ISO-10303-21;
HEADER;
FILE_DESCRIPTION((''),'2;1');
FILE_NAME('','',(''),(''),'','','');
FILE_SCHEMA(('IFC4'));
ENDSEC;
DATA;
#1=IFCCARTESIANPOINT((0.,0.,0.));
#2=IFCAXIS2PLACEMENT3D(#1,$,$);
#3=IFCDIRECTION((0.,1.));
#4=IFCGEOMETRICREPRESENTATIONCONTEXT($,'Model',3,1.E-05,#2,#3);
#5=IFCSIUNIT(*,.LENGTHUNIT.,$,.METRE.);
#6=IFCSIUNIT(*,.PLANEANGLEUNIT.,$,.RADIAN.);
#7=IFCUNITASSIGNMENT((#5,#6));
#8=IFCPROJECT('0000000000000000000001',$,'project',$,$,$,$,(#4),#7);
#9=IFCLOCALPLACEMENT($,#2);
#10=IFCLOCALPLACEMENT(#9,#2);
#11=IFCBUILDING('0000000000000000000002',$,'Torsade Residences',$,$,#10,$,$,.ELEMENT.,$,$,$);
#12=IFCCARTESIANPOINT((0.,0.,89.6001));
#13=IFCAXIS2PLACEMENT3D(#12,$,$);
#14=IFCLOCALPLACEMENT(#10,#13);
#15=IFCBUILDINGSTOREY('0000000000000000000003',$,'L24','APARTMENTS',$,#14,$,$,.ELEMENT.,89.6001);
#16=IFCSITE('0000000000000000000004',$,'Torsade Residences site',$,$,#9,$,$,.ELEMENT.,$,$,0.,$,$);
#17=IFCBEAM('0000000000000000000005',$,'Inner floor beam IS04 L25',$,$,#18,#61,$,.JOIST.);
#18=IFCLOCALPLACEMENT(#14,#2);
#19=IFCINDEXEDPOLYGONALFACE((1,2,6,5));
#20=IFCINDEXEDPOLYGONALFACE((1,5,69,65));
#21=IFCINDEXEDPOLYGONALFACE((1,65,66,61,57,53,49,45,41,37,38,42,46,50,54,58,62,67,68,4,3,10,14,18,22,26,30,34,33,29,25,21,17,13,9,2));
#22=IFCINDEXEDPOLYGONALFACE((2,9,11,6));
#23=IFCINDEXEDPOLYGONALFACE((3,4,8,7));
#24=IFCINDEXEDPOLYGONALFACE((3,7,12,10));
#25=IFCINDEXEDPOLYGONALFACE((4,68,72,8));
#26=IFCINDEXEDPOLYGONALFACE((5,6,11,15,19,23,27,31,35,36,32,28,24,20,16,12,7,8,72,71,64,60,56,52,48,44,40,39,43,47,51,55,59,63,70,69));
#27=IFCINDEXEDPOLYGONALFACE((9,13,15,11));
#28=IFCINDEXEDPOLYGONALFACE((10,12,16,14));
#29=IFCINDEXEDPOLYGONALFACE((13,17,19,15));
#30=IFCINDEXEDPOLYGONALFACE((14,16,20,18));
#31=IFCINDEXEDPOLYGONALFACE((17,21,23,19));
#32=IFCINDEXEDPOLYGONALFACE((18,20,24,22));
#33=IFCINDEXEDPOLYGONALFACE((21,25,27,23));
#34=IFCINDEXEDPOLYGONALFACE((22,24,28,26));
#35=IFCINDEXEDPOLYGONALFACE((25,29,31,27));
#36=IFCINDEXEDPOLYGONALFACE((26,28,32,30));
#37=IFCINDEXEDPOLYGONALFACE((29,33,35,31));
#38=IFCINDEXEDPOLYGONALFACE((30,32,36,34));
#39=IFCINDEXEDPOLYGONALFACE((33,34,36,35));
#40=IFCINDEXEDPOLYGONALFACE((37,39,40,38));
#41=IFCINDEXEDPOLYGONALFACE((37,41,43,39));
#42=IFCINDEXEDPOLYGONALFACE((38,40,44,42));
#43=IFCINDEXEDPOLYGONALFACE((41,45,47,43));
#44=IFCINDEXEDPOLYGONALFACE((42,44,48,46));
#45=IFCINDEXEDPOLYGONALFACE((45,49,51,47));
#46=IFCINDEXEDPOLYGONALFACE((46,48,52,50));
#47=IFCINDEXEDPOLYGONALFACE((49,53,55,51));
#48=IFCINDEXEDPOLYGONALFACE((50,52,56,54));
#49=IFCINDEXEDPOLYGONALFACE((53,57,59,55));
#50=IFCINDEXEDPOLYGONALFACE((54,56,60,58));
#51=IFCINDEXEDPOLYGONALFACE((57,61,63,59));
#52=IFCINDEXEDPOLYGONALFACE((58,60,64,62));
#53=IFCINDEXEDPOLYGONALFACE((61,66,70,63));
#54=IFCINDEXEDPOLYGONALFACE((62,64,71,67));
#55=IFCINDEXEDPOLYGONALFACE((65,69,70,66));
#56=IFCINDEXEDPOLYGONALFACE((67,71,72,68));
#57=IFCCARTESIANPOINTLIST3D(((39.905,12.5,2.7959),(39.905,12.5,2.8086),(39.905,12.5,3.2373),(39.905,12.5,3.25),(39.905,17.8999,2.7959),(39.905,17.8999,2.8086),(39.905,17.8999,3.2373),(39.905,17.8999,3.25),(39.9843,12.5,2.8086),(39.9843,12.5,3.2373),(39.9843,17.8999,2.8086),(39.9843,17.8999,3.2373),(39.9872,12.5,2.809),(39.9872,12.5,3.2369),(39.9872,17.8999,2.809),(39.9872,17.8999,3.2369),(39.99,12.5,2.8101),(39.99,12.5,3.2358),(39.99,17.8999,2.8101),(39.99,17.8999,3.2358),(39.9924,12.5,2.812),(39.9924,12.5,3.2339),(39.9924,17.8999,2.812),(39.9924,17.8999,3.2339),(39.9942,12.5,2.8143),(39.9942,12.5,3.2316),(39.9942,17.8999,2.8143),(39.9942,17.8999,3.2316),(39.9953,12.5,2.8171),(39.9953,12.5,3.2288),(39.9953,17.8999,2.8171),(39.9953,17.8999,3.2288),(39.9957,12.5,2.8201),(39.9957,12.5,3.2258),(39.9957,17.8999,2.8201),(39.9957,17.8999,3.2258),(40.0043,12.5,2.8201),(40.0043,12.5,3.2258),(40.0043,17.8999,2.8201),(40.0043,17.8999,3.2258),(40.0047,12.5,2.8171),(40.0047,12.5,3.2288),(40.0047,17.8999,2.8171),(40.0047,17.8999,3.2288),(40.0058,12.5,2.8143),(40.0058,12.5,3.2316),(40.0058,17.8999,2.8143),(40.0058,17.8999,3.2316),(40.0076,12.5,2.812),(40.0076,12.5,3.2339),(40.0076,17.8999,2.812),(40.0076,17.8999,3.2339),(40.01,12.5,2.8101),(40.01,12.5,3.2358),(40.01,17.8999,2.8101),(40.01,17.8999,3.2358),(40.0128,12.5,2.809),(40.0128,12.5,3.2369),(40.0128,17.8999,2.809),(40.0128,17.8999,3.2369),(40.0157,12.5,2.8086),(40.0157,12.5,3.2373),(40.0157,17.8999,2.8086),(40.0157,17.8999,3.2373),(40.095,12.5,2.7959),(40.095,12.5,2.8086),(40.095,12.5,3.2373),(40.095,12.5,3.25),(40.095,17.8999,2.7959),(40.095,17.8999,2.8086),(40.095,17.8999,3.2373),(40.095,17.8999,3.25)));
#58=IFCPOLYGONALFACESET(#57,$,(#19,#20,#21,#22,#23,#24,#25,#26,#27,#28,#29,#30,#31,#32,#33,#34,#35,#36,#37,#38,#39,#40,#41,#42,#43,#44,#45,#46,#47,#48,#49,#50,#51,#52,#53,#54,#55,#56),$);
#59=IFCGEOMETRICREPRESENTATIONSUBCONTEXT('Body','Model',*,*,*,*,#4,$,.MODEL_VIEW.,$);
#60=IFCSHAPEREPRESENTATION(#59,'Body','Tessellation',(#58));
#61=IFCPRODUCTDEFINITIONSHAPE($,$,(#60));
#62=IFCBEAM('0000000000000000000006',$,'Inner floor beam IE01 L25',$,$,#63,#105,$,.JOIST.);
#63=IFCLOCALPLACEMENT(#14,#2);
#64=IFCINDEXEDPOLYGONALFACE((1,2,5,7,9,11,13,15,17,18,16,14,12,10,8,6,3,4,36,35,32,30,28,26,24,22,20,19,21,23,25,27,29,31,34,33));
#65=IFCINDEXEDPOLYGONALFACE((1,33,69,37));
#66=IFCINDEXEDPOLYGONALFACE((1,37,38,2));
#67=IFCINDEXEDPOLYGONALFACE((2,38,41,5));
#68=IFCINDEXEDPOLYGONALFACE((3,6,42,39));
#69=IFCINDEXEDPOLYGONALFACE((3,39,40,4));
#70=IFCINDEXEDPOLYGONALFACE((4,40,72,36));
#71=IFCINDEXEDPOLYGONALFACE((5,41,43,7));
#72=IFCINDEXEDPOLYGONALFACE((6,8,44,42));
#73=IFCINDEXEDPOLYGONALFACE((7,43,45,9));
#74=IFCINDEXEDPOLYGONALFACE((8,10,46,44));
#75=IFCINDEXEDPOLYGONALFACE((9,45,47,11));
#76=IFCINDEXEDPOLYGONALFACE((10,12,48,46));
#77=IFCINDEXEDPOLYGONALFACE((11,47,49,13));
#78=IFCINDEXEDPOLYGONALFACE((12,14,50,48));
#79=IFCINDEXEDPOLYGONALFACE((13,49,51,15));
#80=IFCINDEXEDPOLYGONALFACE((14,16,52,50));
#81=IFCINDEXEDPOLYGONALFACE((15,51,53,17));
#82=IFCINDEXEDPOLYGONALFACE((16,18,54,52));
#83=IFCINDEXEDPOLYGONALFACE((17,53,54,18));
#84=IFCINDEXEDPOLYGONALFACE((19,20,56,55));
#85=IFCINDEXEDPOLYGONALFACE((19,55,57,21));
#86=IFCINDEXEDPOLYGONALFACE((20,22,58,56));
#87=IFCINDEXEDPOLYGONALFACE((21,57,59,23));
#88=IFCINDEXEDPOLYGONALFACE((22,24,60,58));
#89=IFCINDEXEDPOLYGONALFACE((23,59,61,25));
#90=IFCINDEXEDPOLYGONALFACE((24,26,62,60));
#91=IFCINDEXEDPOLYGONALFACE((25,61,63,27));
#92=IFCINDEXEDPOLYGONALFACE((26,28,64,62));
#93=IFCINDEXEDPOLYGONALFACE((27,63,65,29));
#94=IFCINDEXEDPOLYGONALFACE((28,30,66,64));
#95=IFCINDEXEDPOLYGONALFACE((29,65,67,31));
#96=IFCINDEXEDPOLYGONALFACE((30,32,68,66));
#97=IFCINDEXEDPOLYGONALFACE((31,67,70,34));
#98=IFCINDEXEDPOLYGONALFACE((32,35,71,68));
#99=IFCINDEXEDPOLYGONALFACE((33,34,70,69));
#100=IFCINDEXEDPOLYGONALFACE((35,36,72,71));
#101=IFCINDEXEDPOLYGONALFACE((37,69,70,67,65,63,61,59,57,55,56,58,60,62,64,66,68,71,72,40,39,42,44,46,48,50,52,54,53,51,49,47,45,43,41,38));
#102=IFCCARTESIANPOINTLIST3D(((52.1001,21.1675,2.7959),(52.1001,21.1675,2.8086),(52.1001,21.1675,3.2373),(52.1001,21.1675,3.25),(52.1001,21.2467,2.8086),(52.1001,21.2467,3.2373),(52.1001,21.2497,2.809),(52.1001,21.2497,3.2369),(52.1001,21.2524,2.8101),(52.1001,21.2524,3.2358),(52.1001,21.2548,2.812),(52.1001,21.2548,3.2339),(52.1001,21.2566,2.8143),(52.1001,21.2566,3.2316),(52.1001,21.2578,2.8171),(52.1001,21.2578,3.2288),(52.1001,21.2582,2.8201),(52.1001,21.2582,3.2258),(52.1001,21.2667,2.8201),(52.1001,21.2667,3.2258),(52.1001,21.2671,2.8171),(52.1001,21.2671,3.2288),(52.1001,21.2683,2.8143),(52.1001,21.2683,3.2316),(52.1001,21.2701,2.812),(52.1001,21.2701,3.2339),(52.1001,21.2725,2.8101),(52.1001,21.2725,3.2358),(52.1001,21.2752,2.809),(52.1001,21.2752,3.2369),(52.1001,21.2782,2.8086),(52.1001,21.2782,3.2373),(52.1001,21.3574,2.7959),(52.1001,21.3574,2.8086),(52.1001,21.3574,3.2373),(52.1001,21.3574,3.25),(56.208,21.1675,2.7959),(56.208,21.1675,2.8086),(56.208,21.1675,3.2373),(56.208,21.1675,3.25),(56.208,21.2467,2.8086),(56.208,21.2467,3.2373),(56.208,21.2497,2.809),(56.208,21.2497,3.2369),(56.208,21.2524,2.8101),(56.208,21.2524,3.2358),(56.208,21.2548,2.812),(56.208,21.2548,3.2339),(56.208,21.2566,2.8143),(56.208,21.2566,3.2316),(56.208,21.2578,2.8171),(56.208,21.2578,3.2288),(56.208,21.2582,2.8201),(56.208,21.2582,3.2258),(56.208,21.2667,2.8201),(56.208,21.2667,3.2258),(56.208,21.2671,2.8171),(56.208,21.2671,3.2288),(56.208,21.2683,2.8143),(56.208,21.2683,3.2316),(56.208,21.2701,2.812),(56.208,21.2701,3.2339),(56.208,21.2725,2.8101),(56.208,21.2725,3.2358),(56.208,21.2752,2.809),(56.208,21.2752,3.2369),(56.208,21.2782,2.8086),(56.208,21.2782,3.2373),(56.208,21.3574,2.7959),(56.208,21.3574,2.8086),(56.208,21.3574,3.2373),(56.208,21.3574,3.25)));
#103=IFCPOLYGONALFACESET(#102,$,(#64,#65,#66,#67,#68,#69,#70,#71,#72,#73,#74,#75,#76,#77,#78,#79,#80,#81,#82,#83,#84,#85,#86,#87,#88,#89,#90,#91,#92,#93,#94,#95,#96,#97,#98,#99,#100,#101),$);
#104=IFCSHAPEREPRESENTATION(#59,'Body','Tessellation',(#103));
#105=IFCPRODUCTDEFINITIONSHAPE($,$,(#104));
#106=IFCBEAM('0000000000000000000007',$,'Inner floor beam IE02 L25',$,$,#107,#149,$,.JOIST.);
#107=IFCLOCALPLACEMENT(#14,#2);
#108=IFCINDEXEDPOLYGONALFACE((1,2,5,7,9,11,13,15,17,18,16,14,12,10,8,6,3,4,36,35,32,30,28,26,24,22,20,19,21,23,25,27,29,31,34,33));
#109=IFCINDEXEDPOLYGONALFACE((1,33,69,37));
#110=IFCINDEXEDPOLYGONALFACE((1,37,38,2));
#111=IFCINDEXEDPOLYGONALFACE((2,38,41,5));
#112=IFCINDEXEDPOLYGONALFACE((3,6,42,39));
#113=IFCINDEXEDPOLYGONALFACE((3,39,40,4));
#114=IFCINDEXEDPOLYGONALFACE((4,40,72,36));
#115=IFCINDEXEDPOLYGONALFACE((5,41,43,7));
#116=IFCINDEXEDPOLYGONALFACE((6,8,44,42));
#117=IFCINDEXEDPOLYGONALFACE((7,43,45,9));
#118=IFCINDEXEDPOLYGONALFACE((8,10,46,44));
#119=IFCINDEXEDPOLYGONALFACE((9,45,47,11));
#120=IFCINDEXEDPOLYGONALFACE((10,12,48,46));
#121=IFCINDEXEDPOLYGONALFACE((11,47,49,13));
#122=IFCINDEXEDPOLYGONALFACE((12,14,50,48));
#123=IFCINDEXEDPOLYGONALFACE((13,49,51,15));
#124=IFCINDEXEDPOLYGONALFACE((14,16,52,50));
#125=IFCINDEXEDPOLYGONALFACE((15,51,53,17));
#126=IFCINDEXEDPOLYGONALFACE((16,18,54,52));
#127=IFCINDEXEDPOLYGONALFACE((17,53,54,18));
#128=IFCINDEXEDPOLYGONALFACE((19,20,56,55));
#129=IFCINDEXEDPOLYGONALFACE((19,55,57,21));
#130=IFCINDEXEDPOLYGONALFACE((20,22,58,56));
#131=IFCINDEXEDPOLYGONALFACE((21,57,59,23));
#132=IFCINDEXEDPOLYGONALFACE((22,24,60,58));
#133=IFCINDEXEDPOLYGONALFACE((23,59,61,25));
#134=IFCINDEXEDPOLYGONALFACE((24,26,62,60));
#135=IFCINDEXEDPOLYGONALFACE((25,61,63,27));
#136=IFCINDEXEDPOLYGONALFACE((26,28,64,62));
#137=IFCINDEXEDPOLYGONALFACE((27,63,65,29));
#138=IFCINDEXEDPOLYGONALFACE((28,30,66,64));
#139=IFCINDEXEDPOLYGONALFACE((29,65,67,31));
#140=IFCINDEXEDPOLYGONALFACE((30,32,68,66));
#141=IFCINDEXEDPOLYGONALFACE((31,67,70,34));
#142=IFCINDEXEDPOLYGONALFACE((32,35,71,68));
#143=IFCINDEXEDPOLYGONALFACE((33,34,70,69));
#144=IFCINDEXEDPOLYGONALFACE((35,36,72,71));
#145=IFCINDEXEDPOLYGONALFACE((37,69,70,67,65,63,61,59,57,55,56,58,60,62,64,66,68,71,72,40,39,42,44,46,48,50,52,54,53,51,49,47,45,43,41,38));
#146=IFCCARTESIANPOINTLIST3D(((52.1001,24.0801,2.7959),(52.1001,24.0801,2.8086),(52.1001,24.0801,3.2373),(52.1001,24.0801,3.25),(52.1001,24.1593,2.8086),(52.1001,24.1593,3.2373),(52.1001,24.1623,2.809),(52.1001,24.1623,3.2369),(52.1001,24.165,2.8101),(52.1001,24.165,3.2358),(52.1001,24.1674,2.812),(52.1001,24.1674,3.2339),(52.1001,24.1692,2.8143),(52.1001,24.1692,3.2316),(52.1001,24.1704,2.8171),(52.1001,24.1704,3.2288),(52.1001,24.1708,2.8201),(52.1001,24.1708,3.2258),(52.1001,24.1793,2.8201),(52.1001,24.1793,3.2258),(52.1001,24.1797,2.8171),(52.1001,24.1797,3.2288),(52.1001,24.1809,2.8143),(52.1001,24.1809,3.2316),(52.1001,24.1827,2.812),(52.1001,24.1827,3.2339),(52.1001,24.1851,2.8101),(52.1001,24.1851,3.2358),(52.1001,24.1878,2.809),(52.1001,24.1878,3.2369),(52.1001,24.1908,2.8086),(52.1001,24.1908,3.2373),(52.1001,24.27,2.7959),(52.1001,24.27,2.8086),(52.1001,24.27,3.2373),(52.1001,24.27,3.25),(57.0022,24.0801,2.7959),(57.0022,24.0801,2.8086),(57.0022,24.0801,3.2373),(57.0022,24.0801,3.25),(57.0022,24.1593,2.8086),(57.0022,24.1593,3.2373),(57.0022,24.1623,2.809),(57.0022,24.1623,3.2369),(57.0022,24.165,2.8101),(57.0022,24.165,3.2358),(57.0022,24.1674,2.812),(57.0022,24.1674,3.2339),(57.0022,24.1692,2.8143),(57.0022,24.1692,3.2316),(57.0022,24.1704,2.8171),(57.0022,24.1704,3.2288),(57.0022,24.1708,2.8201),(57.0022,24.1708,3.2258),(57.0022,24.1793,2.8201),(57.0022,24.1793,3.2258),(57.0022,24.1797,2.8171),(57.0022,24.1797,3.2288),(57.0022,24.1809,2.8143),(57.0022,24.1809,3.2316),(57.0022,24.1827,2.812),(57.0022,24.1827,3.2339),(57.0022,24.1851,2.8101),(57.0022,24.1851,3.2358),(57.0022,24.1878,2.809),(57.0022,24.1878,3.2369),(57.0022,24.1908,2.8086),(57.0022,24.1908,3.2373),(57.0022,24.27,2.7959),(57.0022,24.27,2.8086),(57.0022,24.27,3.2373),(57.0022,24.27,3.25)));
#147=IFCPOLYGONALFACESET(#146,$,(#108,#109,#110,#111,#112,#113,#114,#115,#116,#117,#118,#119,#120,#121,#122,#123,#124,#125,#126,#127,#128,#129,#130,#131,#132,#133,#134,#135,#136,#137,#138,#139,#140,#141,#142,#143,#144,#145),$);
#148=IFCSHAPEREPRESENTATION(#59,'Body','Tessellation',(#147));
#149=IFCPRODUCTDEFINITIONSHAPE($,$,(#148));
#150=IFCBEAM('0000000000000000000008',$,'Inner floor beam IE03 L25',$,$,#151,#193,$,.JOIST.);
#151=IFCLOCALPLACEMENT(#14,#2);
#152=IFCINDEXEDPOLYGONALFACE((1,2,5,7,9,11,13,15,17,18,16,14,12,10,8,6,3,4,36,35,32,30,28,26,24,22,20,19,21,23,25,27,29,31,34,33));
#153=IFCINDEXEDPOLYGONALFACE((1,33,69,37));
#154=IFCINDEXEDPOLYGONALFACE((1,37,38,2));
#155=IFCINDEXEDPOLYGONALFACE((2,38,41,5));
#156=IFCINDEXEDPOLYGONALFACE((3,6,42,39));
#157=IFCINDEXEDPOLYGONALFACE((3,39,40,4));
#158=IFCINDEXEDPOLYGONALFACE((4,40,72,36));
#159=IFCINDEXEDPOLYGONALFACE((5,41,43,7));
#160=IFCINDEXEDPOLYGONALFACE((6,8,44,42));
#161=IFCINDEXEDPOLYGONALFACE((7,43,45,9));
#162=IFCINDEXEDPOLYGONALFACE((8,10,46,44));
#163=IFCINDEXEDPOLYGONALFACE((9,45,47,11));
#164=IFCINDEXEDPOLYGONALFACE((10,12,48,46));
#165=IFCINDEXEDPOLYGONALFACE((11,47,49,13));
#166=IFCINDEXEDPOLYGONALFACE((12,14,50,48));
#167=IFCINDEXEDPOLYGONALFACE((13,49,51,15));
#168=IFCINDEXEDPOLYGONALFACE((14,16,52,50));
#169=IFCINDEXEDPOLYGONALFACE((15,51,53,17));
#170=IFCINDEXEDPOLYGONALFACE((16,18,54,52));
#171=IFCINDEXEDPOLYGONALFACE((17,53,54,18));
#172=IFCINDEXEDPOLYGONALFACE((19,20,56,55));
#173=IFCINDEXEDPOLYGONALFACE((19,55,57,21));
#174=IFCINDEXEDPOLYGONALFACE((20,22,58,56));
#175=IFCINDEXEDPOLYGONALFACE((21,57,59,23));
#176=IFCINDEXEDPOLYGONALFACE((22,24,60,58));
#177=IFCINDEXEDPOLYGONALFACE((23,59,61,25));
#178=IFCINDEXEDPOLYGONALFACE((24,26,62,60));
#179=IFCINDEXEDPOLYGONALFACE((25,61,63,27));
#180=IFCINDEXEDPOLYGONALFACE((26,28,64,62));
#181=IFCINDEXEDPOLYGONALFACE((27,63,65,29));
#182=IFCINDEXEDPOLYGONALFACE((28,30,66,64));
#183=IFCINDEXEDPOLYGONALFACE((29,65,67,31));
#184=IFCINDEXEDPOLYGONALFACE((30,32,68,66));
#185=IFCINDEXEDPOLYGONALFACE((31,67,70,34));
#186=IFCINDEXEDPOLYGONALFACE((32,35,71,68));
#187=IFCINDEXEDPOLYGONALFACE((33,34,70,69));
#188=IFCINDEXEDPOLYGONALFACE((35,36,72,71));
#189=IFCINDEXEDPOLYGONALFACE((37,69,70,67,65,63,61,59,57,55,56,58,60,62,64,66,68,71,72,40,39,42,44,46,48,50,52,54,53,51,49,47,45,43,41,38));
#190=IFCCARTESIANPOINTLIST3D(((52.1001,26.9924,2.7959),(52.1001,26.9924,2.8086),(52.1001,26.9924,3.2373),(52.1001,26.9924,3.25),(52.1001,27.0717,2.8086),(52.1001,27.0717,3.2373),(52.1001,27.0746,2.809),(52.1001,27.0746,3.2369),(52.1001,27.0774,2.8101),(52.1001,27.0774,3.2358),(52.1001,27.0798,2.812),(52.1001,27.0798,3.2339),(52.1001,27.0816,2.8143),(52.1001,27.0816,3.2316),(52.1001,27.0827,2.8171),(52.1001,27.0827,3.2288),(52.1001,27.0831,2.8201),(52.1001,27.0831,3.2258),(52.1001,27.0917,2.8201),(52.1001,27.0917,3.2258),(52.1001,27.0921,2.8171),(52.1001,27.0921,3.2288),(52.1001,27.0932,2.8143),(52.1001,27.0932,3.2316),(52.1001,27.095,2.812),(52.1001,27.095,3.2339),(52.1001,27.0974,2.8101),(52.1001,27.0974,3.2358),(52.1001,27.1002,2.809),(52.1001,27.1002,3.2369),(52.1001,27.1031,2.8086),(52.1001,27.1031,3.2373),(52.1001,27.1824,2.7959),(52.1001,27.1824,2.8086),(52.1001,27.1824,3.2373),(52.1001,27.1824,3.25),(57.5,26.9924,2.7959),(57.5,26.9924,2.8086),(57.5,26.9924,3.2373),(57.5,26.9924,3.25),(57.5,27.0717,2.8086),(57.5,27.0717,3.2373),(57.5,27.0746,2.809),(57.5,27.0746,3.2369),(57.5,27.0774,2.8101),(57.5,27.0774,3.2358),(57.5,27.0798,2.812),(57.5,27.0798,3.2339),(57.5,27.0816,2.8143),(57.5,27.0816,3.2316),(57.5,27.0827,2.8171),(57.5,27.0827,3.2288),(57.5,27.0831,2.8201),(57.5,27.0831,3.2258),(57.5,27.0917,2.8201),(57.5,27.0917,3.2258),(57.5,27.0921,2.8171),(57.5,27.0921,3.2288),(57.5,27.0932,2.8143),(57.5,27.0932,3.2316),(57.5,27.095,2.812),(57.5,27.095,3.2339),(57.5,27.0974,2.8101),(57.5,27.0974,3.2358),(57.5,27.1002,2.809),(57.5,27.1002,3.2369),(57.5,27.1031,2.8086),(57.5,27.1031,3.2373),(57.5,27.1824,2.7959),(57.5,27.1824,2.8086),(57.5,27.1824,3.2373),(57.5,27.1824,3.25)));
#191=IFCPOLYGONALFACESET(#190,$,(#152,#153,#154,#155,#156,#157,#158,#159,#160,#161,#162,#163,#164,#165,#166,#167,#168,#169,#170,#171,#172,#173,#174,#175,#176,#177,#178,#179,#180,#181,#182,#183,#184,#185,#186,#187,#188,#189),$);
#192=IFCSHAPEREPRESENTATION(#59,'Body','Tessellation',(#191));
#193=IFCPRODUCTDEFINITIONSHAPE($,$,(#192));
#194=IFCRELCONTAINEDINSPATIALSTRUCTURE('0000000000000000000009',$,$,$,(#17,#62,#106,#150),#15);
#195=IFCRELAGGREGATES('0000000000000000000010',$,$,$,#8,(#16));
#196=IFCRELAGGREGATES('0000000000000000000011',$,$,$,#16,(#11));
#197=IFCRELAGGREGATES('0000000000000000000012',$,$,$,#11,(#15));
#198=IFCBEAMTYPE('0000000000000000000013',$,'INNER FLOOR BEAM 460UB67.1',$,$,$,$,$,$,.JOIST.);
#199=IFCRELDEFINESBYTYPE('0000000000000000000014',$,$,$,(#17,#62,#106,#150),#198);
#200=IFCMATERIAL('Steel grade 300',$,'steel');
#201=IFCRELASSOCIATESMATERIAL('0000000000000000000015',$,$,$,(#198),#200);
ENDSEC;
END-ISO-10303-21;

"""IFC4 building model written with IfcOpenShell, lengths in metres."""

from ifc_helpers import new_model, si_unit, direction, frame, origin, origin_2d, place, context, subcontext, project, spatial, i_section, extrude, material, material_profile, profile_set, type_object, element, save


model = new_model("IFC4")

# Units and contexts
model_context = context("Model", 3, precision=1e-05, world=origin(), true_north=direction((0.0, 1.0)))
body_context = subcontext(model_context, "Body", "Model", "MODEL_VIEW")
ifc_project = project(units=[si_unit("LENGTHUNIT", "METRE"), si_unit("PLANEANGLEUNIT", "RADIAN")], contexts=[model_context])

# Site, building, storey
site_placement = place(None, origin())
site = spatial("IfcSite", under=ifc_project, at=site_placement, Name="Torsade Residences site", CompositionType="ELEMENT", RefElevation=0.0)
building_placement = place(site_placement, origin())
building = spatial("IfcBuilding", under=site, at=building_placement, Name="Torsade Residences", CompositionType="ELEMENT")
storey_placement = place(building_placement, frame((0.0, 0.0, 89.6001)))
storey = spatial("IfcBuildingStorey", under=building, at=storey_placement, Name="L24", Description="APARTMENTS", CompositionType="ELEMENT", Elevation=89.6001)

# Beams
ifc_material_1 = material(Name="Steel grade 300", Category="steel")
ifc_material_profile_1 = material_profile(ifc_material_1, i_section(OverallWidth=0.1899, OverallDepth=0.4541, WebThickness=0.0085, FlangeThickness=0.0127, FilletRadius=0.0115, at=origin_2d()), Name="460UB67.1")
ifc_profile_set_1 = profile_set([ifc_material_profile_1], Name="Steel grade 300")
beam_type_1 = type_object("IfcBeamType", Name="INNER FLOOR BEAM 460UB67.1", PredefinedType="JOIST", material=ifc_profile_set_1)
for number, where, z_axis, x_axis, name in (
    (1, (40.0, 17.8999, 3.0229), (0.0, -1.0, 0.0), (1.0, 0.0, 0.0), "Inner floor beam IS04 L25"),
):
    element("IfcBeam", number, at=place(storey_placement, frame(where, z_axis=z_axis, x_axis=x_axis)), inside=storey, type_object=beam_type_1, Name=name, PredefinedType="JOIST", context=body_context, shape_type="SweptSolid", body=[
        extrude(i_section(OverallWidth=0.1899, OverallDepth=0.4541, WebThickness=0.0085, FlangeThickness=0.0127, FilletRadius=0.0115, at=origin_2d()), origin(), (0.0, 0.0, 1.0), 5.3999),
    ])
beam_1_placement = place(storey_placement, frame((52.1001, 21.2625, 3.0229), z_axis=(1.0, 0.0, 0.0), x_axis=(0.0, 1.0, 0.0)))
element("IfcBeam", 2, at=beam_1_placement, inside=storey, type_object=beam_type_1, Name="Inner floor beam IE01 L25", PredefinedType="JOIST", context=body_context, shape_type="SweptSolid", body=[
    extrude(i_section(OverallWidth=0.1899, OverallDepth=0.4541, WebThickness=0.0085, FlangeThickness=0.0127, FilletRadius=0.0115, at=origin_2d()), origin(), (0.0, 0.0, 1.0), 4.1079),
])
beam_2_placement = place(storey_placement, frame((52.1001, 24.175, 3.0229), z_axis=(1.0, 0.0, 0.0), x_axis=(0.0, 1.0, 0.0)))
element("IfcBeam", 3, at=beam_2_placement, inside=storey, type_object=beam_type_1, Name="Inner floor beam IE02 L25", PredefinedType="JOIST", context=body_context, shape_type="SweptSolid", body=[
    extrude(i_section(OverallWidth=0.1899, OverallDepth=0.4541, WebThickness=0.0085, FlangeThickness=0.0127, FilletRadius=0.0115, at=origin_2d()), origin(), (0.0, 0.0, 1.0), 4.9021),
])
beam_3_placement = place(storey_placement, frame((52.1001, 27.0874, 3.0229), z_axis=(1.0, 0.0, 0.0), x_axis=(0.0, 1.0, 0.0)))
element("IfcBeam", 4, at=beam_3_placement, inside=storey, type_object=beam_type_1, Name="Inner floor beam IE03 L25", PredefinedType="JOIST", context=body_context, shape_type="SweptSolid", body=[
    extrude(i_section(OverallWidth=0.1899, OverallDepth=0.4541, WebThickness=0.0085, FlangeThickness=0.0127, FilletRadius=0.0115, at=origin_2d()), origin(), (0.0, 0.0, 1.0), 5.3999),
])

save(model, "model.ifc")
